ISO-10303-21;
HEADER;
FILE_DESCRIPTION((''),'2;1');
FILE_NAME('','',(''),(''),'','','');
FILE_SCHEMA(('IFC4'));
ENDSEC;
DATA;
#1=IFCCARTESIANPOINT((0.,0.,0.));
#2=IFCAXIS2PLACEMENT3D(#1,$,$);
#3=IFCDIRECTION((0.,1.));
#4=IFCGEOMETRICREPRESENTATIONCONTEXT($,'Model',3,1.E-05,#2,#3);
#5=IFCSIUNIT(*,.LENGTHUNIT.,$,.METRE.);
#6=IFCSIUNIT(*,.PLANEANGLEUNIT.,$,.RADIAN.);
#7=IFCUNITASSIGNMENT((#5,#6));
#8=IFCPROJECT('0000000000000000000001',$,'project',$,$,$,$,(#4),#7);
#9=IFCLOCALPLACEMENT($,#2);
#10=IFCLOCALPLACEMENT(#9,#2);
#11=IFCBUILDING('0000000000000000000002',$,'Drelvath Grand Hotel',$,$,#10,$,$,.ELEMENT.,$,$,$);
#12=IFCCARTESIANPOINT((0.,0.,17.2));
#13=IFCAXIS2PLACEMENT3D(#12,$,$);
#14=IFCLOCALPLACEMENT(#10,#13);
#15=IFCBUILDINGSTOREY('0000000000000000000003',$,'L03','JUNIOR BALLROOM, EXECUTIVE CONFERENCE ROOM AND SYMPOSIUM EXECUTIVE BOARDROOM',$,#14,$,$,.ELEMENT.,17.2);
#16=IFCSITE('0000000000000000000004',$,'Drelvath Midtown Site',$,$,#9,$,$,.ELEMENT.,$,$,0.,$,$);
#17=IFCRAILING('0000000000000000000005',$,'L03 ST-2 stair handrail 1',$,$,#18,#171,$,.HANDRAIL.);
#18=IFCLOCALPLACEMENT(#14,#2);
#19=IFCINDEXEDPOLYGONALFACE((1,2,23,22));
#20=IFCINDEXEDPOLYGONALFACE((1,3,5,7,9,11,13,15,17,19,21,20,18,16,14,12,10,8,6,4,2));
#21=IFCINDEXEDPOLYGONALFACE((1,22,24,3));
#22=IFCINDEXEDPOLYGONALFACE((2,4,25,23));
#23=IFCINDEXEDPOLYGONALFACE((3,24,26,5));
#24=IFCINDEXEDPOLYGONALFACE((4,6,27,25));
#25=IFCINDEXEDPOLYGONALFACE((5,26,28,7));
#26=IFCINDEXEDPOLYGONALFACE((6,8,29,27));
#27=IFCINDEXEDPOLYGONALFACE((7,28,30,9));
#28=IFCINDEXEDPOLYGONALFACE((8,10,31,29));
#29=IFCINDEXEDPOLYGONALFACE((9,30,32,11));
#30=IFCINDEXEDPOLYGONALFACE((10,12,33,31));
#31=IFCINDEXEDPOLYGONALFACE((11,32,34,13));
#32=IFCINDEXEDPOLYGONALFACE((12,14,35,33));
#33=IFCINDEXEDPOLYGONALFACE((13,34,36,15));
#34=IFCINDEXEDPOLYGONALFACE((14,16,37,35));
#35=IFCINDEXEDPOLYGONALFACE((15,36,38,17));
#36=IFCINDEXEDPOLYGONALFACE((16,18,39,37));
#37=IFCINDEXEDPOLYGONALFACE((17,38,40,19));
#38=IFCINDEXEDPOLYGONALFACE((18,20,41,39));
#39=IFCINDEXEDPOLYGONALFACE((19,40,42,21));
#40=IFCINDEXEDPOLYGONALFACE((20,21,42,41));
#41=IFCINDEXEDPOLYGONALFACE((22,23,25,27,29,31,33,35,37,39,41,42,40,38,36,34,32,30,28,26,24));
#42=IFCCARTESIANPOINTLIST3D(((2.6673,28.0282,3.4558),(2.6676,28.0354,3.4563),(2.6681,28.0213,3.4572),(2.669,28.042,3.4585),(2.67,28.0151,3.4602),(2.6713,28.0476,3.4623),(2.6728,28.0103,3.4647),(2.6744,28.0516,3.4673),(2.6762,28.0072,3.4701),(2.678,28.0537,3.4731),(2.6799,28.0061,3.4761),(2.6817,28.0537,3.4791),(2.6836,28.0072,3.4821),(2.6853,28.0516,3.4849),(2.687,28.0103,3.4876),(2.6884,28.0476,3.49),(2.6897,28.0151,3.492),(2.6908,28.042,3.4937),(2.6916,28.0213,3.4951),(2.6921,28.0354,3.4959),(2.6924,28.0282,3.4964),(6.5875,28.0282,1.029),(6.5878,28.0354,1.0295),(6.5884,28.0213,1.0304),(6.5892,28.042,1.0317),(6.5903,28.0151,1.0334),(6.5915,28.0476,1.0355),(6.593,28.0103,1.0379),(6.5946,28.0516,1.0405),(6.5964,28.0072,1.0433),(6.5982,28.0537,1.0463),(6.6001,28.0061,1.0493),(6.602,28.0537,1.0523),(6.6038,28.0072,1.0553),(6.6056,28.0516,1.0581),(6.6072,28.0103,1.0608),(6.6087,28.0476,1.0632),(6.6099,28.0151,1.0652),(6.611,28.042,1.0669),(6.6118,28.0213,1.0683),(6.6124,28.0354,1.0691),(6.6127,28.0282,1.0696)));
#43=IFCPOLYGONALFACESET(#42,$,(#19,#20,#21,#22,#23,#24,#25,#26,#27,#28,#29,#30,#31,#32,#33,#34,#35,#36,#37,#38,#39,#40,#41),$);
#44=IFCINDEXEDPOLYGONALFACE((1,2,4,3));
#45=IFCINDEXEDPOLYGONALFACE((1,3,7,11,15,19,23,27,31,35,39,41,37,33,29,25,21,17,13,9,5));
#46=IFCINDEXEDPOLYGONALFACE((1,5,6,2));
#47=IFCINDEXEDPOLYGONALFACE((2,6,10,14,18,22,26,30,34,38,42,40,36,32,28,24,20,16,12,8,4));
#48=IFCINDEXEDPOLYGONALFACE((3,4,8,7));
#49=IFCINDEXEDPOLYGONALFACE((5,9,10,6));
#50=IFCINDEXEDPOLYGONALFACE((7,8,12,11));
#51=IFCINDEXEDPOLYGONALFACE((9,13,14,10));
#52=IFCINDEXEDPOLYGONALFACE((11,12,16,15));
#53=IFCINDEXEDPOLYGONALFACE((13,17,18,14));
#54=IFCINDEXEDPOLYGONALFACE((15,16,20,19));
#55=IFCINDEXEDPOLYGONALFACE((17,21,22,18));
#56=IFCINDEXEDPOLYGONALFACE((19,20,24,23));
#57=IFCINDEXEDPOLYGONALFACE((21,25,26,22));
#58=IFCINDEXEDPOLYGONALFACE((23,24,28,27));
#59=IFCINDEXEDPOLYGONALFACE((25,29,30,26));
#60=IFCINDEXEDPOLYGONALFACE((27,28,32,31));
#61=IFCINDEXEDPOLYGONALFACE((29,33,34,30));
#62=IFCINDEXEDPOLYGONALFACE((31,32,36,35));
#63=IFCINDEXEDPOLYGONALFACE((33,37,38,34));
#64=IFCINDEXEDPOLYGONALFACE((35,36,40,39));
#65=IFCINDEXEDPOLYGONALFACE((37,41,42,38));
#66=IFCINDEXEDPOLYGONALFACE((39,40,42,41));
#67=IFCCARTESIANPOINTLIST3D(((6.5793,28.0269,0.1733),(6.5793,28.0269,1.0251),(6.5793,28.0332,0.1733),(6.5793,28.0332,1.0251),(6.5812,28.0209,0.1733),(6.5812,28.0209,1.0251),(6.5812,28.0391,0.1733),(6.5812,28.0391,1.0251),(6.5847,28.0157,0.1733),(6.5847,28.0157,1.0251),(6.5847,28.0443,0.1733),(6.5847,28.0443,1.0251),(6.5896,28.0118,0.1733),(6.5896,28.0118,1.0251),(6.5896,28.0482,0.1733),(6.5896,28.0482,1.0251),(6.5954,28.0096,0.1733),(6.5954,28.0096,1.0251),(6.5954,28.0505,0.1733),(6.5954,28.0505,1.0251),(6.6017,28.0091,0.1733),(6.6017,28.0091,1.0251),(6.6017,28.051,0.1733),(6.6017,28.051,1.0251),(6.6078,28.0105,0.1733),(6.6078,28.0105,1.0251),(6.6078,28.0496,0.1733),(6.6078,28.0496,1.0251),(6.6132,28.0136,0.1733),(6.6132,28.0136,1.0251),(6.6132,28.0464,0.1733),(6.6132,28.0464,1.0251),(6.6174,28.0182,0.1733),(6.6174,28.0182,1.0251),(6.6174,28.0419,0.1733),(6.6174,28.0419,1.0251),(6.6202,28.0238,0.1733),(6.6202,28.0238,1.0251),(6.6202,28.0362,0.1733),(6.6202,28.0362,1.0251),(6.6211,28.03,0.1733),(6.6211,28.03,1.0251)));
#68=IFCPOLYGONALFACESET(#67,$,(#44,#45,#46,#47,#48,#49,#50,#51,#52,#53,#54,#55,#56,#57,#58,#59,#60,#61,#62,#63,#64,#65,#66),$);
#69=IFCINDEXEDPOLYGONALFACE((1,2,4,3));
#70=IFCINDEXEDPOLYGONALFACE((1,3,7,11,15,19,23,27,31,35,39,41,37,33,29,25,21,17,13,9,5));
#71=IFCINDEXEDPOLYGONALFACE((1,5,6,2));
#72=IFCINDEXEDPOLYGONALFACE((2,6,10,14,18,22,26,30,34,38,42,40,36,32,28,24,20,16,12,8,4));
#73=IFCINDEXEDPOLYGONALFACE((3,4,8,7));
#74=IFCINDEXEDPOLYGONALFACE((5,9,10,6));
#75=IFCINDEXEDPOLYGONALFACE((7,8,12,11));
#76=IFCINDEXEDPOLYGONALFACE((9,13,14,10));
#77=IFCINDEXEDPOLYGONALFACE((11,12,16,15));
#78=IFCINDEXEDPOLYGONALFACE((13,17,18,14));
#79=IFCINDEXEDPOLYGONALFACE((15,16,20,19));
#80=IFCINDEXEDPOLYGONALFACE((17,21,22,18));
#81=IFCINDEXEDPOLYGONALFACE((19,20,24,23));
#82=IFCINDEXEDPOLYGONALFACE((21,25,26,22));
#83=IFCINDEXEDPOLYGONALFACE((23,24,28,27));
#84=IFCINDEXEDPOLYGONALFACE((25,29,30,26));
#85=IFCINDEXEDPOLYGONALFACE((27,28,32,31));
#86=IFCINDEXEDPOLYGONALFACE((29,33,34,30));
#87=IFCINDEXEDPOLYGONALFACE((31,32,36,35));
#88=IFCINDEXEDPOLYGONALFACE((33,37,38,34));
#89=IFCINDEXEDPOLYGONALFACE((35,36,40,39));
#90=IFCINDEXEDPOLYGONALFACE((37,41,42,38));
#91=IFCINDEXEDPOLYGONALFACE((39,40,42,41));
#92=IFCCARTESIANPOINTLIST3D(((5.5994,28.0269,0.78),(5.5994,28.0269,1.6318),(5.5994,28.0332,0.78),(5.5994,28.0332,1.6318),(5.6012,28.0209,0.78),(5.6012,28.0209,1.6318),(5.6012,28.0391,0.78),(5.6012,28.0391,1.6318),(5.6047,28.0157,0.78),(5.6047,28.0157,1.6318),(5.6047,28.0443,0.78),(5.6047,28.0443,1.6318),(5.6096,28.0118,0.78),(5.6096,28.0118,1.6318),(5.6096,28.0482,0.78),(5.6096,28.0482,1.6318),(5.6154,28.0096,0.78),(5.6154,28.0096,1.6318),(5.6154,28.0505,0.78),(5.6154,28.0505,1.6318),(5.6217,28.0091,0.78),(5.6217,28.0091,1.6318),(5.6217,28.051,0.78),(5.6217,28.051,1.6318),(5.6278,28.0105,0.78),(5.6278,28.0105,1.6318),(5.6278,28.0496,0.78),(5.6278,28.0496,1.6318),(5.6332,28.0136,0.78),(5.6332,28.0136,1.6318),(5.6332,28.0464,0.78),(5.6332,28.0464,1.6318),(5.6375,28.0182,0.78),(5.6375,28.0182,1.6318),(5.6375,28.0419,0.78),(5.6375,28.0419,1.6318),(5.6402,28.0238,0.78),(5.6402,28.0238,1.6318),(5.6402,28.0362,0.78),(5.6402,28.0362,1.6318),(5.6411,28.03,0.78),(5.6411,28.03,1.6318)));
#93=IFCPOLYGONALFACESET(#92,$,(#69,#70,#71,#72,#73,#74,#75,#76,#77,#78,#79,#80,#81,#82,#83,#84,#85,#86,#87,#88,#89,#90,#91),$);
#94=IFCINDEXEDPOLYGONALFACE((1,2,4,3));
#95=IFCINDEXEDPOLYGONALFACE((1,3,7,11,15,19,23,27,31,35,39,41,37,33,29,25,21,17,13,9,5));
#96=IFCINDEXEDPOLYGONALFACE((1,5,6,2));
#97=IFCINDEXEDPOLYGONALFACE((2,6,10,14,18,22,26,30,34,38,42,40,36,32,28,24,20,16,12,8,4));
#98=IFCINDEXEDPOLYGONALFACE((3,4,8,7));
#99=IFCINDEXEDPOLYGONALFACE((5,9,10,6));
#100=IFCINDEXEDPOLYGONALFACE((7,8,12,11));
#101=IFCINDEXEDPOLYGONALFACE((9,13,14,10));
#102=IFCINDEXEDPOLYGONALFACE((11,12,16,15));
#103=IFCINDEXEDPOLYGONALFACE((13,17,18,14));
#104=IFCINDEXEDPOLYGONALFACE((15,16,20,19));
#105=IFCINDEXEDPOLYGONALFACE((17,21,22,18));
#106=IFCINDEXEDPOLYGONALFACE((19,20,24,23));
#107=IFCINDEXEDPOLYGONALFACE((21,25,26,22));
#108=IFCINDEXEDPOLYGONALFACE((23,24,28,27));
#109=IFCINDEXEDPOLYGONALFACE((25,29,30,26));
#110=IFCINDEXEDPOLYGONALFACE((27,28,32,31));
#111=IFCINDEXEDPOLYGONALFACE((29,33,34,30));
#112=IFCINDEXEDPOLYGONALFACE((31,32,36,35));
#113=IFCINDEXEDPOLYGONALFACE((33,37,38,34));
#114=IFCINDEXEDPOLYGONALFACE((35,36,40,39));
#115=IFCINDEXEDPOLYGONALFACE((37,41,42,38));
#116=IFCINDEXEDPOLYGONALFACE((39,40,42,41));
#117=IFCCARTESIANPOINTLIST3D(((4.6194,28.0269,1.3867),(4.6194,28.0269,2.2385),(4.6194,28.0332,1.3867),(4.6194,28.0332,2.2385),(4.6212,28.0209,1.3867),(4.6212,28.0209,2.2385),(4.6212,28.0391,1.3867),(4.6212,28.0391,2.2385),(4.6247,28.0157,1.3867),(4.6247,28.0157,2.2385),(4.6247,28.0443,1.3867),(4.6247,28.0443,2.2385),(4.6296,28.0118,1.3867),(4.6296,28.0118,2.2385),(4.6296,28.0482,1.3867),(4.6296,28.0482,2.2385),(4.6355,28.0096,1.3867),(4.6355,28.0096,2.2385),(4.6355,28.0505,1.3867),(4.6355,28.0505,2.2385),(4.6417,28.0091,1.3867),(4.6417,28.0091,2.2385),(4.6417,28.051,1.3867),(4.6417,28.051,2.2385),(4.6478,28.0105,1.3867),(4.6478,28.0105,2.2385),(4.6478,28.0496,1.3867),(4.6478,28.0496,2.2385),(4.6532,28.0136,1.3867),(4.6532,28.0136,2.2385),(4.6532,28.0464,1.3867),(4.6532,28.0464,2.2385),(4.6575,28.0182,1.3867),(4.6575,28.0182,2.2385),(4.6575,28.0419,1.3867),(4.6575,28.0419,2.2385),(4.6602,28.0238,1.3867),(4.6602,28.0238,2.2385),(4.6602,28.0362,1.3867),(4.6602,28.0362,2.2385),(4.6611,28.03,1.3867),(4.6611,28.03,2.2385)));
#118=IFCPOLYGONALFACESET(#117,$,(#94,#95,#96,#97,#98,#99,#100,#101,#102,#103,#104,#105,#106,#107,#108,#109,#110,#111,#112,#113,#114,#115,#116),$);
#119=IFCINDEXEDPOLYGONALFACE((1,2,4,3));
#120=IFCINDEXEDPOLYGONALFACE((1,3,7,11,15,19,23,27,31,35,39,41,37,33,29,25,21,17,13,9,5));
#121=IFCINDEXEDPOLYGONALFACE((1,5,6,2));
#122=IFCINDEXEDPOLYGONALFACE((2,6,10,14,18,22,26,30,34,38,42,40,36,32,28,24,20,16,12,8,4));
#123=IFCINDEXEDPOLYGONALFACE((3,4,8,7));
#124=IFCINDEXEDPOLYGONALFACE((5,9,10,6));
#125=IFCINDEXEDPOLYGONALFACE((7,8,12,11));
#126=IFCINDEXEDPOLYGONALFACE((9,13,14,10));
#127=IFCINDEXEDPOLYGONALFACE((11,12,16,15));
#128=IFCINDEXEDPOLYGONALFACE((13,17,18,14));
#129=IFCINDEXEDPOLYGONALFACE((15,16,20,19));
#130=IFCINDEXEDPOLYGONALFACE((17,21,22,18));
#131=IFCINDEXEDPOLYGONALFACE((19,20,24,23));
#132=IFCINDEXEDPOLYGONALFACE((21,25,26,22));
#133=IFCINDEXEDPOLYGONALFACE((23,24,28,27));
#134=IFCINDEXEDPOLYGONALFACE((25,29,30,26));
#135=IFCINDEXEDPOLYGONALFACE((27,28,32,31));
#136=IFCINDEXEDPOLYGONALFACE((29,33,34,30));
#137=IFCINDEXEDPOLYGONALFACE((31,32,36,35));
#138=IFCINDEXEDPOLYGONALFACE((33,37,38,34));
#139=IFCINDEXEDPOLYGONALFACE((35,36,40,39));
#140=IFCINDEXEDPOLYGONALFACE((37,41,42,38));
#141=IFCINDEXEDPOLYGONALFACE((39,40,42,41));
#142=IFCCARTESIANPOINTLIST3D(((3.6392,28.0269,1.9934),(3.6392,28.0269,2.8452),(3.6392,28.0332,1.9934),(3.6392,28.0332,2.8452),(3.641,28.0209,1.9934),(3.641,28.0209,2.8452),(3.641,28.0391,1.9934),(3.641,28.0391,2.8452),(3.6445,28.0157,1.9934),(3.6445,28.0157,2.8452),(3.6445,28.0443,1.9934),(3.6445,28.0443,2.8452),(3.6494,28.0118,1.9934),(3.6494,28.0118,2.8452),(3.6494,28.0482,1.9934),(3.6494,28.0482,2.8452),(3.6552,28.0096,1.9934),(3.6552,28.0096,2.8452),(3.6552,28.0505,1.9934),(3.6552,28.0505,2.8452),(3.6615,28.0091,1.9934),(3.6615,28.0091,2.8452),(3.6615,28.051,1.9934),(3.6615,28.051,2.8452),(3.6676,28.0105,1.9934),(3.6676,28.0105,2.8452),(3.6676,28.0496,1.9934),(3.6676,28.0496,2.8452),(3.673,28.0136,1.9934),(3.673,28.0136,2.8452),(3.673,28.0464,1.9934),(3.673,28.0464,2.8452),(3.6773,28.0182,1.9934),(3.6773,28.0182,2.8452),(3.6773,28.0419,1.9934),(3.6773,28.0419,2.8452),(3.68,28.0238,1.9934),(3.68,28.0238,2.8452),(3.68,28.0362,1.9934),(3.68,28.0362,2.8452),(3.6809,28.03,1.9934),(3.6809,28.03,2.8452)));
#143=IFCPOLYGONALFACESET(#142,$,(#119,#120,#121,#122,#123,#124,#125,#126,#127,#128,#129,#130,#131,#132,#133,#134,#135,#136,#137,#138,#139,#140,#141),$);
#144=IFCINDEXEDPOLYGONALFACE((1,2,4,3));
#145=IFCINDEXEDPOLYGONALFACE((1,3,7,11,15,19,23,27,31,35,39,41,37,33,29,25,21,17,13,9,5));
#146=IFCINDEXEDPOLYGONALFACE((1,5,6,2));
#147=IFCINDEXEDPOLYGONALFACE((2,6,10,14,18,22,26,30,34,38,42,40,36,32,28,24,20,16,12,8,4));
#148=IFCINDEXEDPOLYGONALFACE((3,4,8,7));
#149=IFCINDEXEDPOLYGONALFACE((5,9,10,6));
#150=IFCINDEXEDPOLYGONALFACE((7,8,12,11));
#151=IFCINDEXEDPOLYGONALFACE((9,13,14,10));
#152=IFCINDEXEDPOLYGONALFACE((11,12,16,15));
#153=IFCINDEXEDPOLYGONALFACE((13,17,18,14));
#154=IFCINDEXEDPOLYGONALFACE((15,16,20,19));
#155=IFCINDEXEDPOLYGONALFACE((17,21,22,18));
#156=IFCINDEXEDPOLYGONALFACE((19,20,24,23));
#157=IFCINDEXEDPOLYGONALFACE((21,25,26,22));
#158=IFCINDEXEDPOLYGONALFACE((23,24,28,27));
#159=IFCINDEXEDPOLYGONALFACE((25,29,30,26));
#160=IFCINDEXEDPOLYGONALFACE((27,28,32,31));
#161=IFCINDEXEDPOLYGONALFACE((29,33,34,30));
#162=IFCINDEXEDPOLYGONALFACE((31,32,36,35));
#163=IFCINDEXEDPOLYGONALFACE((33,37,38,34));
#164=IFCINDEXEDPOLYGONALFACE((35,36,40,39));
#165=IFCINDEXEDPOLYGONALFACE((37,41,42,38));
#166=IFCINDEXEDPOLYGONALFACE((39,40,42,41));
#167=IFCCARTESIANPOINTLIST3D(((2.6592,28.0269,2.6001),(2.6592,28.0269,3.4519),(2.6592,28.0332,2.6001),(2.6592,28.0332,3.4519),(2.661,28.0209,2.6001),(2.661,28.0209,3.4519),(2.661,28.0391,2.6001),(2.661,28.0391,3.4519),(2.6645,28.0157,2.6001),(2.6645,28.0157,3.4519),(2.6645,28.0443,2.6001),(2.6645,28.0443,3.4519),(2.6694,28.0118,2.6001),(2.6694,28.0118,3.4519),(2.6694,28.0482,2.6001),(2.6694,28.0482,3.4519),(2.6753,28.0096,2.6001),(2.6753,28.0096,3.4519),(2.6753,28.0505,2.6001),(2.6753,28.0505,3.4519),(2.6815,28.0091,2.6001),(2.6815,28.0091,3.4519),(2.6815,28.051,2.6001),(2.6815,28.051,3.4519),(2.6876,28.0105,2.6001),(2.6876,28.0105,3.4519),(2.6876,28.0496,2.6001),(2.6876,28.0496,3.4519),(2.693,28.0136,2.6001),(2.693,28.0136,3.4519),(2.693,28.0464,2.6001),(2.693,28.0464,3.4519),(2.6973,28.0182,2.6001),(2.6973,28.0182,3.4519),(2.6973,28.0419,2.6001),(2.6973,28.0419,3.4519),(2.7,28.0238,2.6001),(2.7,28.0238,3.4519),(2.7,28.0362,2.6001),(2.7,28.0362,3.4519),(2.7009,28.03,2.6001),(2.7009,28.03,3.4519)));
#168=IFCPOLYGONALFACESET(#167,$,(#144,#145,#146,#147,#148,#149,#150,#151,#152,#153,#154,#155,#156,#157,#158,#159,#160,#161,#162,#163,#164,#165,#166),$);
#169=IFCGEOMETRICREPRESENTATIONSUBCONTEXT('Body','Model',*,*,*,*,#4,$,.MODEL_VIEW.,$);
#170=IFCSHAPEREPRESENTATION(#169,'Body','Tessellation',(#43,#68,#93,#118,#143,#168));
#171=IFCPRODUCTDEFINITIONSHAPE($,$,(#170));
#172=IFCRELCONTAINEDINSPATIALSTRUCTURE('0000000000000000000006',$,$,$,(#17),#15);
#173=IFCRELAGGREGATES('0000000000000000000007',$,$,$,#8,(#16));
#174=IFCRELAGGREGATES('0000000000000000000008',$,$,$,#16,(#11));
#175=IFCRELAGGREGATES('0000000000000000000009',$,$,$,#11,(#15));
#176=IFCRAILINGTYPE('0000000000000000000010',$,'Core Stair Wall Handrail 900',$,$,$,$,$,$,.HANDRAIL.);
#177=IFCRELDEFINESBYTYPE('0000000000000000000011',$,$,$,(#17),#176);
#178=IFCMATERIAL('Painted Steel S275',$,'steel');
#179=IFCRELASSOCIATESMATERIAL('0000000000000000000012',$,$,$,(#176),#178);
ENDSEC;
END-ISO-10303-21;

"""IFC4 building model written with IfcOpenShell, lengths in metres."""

from ifc_helpers import new_model, si_unit, direction, frame, origin, origin_2d, place, context, subcontext, project, spatial, circle, extrude, material, type_object, element, save


model = new_model("IFC4")

# Units and contexts
model_context = context("Model", 3, precision=1e-05, world=origin(), true_north=direction((0.0, 1.0)))
body_context = subcontext(model_context, "Body", "Model", "MODEL_VIEW")
ifc_project = project(units=[si_unit("LENGTHUNIT", "METRE"), si_unit("PLANEANGLEUNIT", "RADIAN")], contexts=[model_context])

# Site, building, storey
site_placement = place(None, origin())
site = spatial("IfcSite", under=ifc_project, at=site_placement, Name="Drelvath Midtown Site", CompositionType="ELEMENT", RefElevation=0.0)
building_placement = place(site_placement, origin())
building = spatial("IfcBuilding", under=site, at=building_placement, Name="Drelvath Grand Hotel", CompositionType="ELEMENT")
storey_placement = place(building_placement, frame((0.0, 0.0, 17.2)))
storey = spatial("IfcBuildingStorey", under=building, at=storey_placement, Name="L03", Description="JUNIOR BALLROOM, EXECUTIVE CONFERENCE ROOM AND SYMPOSIUM EXECUTIVE BOARDROOM", CompositionType="ELEMENT", Elevation=17.2)

# Shared definitions
ifc_material_1 = material(Name="Painted Steel S275", Category="steel")

# Railing
railing_type_1 = type_object("IfcRailingType", Name="Core Stair Wall Handrail 900", PredefinedType="HANDRAIL", material=ifc_material_1)
railing_1_placement = place(storey_placement, frame((6.6001, 28.03, 0.1733)))
element("IfcRailing", 1, at=railing_1_placement, inside=storey, type_object=railing_type_1, Name="L03 ST-2 stair handrail 1", PredefinedType="HANDRAIL", context=body_context, shape_type="SweptSolid", body=[
    extrude(circle(Radius=0.0239, at=origin_2d()), frame((0.0, 0.0, 0.876), z_axis=(-0.850266, 0.0, 0.526353), x_axis=(0.0, -1.0, 0.0)), (0.0, 0.0, 1.0), 4.6106),
    extrude(circle(Radius=0.021, at=origin_2d()), origin(), (0.0, 0.0, 1.0), 0.8518),
    extrude(circle(Radius=0.021, at=origin_2d()), frame((-0.98, 0.0, 0.6067)), (0.0, 0.0, 1.0), 0.8518),
    extrude(circle(Radius=0.021, at=origin_2d()), frame((-1.96, 0.0, 1.2134)), (0.0, 0.0, 1.0), 0.8518),
    extrude(circle(Radius=0.021, at=origin_2d()), frame((-2.9402, 0.0, 1.8201)), (0.0, 0.0, 1.0), 0.8518),
    extrude(circle(Radius=0.021, at=origin_2d()), frame((-3.9202, 0.0, 2.4268)), (0.0, 0.0, 1.0), 0.8518),
])

save(model, "model.ifc")
